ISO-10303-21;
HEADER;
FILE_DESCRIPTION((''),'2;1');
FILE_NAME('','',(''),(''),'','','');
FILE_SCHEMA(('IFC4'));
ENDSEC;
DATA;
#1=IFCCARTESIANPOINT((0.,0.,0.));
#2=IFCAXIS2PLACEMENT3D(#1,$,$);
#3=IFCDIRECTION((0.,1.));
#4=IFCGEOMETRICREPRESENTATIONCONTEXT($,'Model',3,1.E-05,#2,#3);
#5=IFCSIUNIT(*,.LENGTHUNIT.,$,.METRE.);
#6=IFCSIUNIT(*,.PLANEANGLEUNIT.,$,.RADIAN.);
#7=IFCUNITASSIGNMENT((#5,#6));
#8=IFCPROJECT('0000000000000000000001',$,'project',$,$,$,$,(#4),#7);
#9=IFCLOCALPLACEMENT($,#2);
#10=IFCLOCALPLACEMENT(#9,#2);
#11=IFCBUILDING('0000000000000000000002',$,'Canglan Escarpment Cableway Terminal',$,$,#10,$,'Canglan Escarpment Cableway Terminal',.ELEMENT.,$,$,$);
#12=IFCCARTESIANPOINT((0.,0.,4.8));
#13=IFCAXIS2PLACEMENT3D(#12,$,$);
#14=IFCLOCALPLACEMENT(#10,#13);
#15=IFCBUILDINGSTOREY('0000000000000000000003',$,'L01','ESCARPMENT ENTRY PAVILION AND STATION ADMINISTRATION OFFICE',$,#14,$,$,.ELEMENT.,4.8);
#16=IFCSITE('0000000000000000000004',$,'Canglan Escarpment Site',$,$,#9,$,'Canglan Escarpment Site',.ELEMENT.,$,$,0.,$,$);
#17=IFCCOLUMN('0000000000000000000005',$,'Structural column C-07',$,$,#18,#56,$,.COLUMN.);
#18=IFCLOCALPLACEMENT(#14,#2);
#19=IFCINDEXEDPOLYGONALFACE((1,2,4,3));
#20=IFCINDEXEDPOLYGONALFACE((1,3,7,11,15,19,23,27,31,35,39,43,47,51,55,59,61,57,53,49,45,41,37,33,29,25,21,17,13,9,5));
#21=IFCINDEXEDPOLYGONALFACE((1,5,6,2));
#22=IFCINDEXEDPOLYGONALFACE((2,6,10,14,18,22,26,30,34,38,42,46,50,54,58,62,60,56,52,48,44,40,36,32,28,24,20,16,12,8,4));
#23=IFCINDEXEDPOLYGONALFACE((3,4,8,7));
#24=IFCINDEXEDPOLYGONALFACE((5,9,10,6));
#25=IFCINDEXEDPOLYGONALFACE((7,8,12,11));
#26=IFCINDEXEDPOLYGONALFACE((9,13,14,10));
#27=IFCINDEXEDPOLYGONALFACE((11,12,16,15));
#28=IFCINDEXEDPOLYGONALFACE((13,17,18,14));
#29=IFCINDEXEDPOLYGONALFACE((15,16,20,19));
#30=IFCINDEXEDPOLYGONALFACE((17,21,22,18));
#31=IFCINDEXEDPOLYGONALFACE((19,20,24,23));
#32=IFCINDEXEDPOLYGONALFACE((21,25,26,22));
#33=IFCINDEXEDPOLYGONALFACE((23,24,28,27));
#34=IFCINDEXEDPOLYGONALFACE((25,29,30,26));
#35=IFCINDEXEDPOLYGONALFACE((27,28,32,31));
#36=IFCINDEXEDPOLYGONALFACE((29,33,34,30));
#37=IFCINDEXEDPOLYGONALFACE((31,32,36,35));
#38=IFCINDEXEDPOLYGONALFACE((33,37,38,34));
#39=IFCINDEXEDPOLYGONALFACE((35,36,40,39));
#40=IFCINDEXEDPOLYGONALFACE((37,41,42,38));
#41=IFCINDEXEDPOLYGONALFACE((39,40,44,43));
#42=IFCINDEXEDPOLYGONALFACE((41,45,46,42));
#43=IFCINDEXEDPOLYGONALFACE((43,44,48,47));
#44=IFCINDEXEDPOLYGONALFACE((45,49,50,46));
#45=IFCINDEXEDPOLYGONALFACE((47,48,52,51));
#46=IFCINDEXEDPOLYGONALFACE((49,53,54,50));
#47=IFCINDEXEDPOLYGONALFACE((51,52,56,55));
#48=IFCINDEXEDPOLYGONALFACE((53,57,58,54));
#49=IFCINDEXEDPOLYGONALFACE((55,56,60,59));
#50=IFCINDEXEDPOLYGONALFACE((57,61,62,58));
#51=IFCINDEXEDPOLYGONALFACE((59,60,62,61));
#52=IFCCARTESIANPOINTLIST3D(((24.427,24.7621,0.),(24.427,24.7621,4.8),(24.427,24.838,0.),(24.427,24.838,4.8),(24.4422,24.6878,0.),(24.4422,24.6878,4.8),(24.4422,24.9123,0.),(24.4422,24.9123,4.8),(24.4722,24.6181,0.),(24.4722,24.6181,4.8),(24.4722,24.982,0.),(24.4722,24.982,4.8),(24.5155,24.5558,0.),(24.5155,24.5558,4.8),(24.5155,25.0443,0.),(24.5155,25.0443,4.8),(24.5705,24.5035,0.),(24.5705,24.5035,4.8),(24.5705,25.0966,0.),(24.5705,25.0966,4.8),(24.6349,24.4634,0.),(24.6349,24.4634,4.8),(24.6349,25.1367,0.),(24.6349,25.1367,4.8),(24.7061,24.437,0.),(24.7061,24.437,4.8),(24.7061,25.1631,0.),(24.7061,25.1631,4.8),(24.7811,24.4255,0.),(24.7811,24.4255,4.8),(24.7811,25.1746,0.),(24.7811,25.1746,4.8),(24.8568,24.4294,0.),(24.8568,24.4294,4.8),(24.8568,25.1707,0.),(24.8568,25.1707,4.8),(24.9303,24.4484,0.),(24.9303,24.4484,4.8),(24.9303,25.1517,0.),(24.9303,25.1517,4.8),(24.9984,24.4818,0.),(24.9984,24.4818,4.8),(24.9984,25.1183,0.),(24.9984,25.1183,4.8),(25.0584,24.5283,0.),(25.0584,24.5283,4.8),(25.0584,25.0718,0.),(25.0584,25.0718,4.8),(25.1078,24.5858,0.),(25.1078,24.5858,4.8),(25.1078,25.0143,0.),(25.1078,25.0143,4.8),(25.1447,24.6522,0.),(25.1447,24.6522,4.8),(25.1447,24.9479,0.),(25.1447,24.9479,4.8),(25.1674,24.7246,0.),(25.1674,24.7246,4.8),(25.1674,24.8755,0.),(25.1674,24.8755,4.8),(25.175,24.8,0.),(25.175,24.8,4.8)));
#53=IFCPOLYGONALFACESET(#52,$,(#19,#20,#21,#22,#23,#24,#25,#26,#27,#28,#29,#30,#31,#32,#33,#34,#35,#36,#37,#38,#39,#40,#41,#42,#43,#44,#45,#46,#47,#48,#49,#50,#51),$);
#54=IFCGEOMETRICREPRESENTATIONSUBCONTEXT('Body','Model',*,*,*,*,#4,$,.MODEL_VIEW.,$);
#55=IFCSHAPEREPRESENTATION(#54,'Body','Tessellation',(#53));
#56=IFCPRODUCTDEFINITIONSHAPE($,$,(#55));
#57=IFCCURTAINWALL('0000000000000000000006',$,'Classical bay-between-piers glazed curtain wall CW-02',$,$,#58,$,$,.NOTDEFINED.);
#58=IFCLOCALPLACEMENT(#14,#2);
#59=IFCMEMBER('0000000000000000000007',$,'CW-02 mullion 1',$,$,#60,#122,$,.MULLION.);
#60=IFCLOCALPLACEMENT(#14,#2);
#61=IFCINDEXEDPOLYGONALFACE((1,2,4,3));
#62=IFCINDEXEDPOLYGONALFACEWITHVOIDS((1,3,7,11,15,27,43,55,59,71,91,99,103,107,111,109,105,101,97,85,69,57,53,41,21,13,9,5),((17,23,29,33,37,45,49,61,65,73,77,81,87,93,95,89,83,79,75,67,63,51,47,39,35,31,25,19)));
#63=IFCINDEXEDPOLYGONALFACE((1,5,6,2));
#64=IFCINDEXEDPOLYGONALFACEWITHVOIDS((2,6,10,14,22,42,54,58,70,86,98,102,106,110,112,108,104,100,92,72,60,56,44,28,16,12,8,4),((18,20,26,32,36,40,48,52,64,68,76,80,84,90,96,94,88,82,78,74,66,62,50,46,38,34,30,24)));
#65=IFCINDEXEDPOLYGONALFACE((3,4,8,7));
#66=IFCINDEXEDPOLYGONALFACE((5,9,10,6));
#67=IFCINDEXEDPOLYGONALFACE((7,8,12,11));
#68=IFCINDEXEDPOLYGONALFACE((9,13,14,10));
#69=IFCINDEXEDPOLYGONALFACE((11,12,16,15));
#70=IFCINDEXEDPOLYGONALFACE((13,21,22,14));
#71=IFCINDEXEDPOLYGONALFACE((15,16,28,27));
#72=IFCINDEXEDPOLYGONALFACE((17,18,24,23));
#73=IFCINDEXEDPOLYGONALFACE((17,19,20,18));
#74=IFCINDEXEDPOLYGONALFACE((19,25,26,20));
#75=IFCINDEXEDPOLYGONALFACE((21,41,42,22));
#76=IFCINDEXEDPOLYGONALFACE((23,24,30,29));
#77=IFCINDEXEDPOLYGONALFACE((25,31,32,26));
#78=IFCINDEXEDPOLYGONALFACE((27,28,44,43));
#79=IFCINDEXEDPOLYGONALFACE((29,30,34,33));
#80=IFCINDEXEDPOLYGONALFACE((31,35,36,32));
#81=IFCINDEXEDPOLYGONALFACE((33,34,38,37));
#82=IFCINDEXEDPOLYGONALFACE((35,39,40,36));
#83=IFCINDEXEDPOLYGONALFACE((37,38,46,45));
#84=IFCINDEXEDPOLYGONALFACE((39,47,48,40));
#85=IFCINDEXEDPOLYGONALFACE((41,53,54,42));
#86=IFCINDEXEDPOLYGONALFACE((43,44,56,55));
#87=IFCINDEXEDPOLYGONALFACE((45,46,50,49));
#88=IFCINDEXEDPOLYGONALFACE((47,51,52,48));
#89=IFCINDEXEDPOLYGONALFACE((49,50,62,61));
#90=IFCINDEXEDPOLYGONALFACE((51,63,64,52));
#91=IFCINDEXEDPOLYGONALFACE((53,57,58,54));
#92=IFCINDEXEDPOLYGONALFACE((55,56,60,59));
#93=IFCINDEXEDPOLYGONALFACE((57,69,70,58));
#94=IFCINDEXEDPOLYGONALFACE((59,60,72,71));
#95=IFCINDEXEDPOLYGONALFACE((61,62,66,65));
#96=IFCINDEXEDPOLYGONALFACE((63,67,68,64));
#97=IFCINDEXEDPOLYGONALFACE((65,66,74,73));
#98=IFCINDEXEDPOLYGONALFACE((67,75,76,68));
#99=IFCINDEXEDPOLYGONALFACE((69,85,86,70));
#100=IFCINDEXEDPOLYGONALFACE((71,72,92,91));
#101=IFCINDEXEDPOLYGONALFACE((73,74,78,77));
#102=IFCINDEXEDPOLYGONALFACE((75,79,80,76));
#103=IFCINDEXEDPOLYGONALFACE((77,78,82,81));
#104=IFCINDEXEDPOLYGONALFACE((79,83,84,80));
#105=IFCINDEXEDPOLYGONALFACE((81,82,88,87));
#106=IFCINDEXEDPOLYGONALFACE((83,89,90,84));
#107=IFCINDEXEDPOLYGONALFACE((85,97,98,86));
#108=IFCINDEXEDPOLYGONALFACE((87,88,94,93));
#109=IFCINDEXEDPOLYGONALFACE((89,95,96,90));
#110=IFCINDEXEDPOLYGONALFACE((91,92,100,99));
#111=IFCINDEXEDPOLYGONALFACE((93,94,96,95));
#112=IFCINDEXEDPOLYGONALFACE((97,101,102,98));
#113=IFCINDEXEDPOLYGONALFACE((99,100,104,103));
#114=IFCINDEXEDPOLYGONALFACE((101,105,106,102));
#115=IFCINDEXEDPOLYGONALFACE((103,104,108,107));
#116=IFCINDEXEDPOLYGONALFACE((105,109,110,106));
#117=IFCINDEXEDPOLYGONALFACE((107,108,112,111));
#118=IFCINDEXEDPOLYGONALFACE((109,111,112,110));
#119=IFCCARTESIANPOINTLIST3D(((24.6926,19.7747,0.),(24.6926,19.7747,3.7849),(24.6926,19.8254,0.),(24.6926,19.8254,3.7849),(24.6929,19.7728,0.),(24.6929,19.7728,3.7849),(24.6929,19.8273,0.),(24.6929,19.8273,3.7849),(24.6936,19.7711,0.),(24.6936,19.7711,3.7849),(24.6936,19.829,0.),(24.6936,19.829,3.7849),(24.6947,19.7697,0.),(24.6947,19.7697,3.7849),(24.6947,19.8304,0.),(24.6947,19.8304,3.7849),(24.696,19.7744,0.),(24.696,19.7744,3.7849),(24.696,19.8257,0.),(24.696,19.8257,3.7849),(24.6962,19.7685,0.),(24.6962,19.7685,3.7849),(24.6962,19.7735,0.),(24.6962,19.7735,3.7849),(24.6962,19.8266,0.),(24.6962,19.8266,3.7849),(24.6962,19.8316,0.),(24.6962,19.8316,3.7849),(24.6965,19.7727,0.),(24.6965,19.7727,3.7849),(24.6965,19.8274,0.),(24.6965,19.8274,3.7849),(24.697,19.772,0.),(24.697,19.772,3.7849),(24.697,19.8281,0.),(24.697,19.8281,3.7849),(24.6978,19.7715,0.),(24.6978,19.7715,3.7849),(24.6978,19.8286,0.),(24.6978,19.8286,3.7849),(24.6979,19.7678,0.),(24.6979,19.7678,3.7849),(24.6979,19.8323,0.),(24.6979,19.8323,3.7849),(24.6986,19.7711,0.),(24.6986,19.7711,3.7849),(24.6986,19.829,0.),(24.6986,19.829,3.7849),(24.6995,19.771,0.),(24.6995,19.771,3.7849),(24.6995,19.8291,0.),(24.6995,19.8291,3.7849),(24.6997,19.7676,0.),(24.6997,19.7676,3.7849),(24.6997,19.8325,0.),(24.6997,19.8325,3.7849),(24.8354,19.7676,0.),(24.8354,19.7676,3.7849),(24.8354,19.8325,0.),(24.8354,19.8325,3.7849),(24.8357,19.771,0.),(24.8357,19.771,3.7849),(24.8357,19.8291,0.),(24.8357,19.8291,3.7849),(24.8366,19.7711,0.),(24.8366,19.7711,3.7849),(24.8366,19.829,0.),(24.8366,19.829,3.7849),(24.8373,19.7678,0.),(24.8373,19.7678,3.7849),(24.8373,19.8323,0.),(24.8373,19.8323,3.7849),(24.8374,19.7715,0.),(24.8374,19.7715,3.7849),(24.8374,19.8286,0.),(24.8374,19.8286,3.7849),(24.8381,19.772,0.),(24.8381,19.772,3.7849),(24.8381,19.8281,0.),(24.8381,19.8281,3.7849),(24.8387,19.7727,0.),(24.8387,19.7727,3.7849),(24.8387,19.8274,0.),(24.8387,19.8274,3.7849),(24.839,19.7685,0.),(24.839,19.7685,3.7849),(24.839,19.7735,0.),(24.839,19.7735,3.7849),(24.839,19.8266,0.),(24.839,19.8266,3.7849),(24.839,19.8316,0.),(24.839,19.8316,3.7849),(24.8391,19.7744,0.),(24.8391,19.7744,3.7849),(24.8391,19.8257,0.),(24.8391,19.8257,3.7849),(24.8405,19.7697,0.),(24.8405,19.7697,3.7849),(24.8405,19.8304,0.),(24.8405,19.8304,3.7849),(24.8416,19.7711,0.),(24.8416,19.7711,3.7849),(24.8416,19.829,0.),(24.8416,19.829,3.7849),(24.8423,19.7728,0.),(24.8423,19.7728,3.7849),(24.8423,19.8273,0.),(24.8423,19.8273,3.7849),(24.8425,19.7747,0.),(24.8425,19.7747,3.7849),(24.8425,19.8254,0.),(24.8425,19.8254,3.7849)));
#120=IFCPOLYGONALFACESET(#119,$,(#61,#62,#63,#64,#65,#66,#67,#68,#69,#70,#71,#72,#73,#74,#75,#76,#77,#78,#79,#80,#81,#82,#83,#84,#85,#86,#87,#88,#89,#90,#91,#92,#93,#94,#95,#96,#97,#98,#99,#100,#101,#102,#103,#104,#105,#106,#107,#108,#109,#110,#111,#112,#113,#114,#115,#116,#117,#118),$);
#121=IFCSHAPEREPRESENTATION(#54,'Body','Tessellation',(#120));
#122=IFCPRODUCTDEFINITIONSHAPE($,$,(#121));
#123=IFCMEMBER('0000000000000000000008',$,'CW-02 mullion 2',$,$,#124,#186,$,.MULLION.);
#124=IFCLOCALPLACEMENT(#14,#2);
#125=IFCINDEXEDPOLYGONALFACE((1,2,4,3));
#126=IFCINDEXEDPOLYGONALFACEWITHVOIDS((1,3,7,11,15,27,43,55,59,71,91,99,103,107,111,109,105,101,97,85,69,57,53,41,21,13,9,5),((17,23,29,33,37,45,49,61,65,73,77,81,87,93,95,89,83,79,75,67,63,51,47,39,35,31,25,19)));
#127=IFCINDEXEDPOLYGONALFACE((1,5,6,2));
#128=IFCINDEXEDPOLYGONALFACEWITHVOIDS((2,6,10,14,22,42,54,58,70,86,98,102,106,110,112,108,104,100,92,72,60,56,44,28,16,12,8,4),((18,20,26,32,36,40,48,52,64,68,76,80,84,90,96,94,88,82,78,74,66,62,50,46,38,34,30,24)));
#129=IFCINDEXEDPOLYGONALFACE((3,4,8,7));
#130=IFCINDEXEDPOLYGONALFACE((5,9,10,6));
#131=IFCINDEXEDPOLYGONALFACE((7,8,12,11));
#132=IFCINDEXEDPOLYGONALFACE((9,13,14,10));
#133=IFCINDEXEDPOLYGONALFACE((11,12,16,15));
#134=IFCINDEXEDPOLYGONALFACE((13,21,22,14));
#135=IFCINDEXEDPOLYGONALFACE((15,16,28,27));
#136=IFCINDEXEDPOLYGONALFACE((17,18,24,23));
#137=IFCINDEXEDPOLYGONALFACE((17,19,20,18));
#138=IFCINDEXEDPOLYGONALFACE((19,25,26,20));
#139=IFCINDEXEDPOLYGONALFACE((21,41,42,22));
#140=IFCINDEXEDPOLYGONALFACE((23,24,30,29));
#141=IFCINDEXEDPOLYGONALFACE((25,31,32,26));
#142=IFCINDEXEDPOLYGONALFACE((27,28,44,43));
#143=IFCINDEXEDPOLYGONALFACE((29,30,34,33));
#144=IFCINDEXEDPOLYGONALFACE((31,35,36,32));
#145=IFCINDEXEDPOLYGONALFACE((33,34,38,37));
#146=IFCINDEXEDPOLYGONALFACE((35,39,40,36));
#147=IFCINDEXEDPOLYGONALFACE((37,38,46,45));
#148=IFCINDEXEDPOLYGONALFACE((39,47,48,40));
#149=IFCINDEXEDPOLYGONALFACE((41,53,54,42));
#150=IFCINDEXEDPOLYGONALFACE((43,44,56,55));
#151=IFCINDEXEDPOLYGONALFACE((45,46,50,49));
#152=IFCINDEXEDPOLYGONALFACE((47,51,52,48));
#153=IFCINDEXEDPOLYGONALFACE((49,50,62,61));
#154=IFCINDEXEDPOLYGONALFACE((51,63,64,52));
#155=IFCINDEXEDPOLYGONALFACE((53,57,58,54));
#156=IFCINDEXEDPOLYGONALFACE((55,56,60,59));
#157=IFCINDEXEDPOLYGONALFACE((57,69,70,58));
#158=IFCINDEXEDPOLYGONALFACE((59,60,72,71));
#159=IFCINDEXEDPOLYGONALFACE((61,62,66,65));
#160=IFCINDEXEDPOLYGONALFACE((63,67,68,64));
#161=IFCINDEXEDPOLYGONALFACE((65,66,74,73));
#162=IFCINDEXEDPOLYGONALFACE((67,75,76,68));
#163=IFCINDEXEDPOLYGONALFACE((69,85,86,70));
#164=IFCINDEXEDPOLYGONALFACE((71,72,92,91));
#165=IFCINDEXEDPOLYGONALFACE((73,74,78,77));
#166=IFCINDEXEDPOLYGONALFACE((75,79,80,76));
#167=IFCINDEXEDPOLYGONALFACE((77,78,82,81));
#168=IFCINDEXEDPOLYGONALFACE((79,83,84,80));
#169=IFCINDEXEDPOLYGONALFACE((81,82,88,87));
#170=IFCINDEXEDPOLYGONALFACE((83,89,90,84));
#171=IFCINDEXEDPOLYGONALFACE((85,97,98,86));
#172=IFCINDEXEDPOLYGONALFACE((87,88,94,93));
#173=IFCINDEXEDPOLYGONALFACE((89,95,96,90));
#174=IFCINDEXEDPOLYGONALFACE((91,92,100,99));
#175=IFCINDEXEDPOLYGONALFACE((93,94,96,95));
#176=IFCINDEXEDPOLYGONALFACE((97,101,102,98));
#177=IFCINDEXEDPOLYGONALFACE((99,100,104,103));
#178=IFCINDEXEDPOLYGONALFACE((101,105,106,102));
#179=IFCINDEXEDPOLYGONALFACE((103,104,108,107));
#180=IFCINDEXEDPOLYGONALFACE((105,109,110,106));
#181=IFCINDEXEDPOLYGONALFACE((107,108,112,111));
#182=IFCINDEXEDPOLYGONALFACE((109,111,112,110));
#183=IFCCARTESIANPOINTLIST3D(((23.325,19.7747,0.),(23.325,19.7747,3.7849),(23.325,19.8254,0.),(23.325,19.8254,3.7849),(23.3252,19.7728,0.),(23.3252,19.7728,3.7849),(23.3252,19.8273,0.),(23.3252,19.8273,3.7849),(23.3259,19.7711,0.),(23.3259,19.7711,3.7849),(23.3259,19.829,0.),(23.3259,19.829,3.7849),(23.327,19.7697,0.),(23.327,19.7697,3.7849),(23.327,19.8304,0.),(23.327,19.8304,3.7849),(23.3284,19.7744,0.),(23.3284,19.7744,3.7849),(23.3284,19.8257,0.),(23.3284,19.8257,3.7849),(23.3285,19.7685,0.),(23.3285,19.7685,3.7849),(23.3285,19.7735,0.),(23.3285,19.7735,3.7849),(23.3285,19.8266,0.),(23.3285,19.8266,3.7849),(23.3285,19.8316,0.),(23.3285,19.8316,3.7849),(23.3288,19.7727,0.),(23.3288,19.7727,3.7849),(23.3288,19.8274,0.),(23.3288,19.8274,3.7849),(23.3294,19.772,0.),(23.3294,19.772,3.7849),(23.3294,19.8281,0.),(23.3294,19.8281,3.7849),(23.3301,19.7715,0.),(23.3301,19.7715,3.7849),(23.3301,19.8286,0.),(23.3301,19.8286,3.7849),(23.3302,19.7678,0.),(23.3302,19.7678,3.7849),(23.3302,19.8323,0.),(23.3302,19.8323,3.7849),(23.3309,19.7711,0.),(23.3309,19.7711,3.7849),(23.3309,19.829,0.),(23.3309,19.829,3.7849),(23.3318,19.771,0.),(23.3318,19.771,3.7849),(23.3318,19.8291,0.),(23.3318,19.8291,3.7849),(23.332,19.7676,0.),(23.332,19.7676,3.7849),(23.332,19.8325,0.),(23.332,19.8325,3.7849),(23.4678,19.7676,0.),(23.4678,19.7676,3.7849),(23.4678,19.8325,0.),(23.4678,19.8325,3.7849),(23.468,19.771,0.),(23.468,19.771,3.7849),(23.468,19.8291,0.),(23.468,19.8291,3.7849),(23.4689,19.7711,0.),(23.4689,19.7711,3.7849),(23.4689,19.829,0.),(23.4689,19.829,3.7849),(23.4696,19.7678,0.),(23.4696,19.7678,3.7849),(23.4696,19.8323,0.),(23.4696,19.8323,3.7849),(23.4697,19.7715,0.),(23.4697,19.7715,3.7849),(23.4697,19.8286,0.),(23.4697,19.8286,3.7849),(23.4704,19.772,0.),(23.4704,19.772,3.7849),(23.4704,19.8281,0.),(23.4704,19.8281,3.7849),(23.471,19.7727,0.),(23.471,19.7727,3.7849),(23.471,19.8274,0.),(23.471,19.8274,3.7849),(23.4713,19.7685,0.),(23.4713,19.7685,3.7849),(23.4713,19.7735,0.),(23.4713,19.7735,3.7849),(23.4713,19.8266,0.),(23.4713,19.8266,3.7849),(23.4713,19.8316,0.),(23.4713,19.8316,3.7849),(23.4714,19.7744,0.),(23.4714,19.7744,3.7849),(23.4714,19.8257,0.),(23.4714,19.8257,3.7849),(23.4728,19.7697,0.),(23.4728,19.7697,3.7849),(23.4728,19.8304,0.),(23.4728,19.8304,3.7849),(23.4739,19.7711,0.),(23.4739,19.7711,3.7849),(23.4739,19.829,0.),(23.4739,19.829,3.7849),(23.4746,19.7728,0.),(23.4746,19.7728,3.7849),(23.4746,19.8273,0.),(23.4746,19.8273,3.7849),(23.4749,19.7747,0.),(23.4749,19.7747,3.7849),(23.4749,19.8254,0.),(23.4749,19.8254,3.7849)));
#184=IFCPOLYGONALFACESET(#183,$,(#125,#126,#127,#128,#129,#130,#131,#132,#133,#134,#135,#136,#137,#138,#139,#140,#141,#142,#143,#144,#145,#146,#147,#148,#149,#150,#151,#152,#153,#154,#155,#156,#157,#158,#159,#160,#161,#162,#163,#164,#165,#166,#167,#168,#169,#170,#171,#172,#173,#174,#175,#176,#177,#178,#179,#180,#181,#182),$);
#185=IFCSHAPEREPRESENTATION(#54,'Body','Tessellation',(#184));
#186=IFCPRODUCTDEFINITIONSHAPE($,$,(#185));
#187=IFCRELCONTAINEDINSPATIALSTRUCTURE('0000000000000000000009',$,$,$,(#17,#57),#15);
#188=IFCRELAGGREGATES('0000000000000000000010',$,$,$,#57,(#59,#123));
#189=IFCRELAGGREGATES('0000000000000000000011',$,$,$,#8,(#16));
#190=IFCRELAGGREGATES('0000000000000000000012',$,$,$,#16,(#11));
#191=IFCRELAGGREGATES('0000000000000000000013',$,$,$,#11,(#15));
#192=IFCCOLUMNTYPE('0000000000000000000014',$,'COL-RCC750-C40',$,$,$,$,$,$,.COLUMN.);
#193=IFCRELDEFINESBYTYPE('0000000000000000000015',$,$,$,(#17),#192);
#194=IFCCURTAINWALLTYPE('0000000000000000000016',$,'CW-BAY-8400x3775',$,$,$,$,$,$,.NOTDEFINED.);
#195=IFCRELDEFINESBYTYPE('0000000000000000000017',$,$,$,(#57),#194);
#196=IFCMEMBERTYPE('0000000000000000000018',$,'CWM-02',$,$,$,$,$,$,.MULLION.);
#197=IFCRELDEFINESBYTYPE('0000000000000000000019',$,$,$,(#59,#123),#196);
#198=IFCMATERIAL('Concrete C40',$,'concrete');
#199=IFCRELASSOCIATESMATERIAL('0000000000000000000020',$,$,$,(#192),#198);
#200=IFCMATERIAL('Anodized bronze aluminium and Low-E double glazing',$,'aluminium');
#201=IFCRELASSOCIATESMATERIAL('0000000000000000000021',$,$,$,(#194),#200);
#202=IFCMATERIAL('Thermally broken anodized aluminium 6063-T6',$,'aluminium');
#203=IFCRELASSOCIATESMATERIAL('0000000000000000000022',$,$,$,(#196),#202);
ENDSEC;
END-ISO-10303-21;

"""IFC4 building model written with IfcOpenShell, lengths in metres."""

from ifc_helpers import new_model, si_unit, direction, frame, origin, origin_2d, place, context, subcontext, project, spatial, hollow_rectangle, circle, extrude, material, material_profile, profile_set, type_object, element, aggregate, save


model = new_model("IFC4")

# Units and contexts
model_context = context("Model", 3, precision=1e-05, world=origin(), true_north=direction((0.0, 1.0)))
body_context = subcontext(model_context, "Body", "Model", "MODEL_VIEW")
ifc_project = project(units=[si_unit("LENGTHUNIT", "METRE"), si_unit("PLANEANGLEUNIT", "RADIAN")], contexts=[model_context])

# Site, building, storey
site_placement = place(None, origin())
site = spatial("IfcSite", under=ifc_project, at=site_placement, Name="Canglan Escarpment Site", LongName="Canglan Escarpment Site", CompositionType="ELEMENT", RefElevation=0.0)
building_placement = place(site_placement, origin())
building = spatial("IfcBuilding", under=site, at=building_placement, Name="Canglan Escarpment Cableway Terminal", LongName="Canglan Escarpment Cableway Terminal", CompositionType="ELEMENT")
storey_placement = place(building_placement, frame((0.0, 0.0, 4.8)))
storey = spatial("IfcBuildingStorey", under=building, at=storey_placement, Name="L01", Description="ESCARPMENT ENTRY PAVILION AND STATION ADMINISTRATION OFFICE", CompositionType="ELEMENT", Elevation=4.8)

# Column
ifc_material_1 = material(Name="Concrete C40", Category="concrete")
ifc_material_profile_1 = material_profile(ifc_material_1, circle(Radius=0.375, at=origin_2d()), Name="RC-CIRC D750")
ifc_profile_set_1 = profile_set([ifc_material_profile_1], Name="Concrete C40")
column_type = type_object("IfcColumnType", Name="COL-RCC750-C40", PredefinedType="COLUMN", material=ifc_profile_set_1)
column_placement = place(storey_placement, frame((24.8, 24.8, 0.0), z_axis=(0.0, 0.0, 1.0), x_axis=(1.0, 0.0, 0.0)))
element("IfcColumn", 1, at=column_placement, inside=storey, type_object=column_type, Name="Structural column C-07", PredefinedType="COLUMN", context=body_context, shape_type="SweptSolid", body=[
    extrude(circle(Radius=0.375, at=origin_2d()), origin(), (0.0, 0.0, 1.0), 4.8),
])

# Curtain wall, members
ifc_material_2 = material(Name="Anodized bronze aluminium and Low-E double glazing", Category="aluminium")
curtain_wall_type = type_object("IfcCurtainWallType", Name="CW-BAY-8400x3775", PredefinedType="NOTDEFINED", material=ifc_material_2)
curtain_wall_placement = place(storey_placement, origin())
curtain_wall = element("IfcCurtainWall", 2, at=curtain_wall_placement, inside=storey, type_object=curtain_wall_type, Name="Classical bay-between-piers glazed curtain wall CW-02", PredefinedType="NOTDEFINED")
ifc_material_3 = material(Name="Thermally broken anodized aluminium 6063-T6", Category="aluminium")
ifc_material_profile_2 = material_profile(ifc_material_3, hollow_rectangle(XDim=0.0649, YDim=0.1499, WallThickness=0.0034, InnerFilletRadius=0.0034, OuterFilletRadius=0.0071, at=origin_2d()), Name="ALU-MULL 65x150x3.5")
ifc_profile_set_2 = profile_set([ifc_material_profile_2], Name="Thermally broken anodized aluminium 6063-T6")
member_type_1 = type_object("IfcMemberType", Name="CWM-02", PredefinedType="MULLION", material=ifc_profile_set_2)
member_1_placement = place(storey_placement, frame((24.7676, 19.8, 0.0), z_axis=(0.0, 0.0, 1.0), x_axis=(0.0, -1.0, 0.0)))
member_1 = element("IfcMember", 3, at=member_1_placement, type_object=member_type_1, Name="CW-02 mullion 1", PredefinedType="MULLION", context=body_context, shape_type="SweptSolid", body=[
    extrude(hollow_rectangle(XDim=0.0649, YDim=0.1499, WallThickness=0.0034, InnerFilletRadius=0.0034, OuterFilletRadius=0.0071, at=origin_2d()), origin(), (0.0, 0.0, 1.0), 3.7849),
])
member_2_placement = place(storey_placement, frame((23.3999, 19.8, 0.0), z_axis=(0.0, 0.0, 1.0), x_axis=(0.0, -1.0, 0.0)))
member_2 = element("IfcMember", 4, at=member_2_placement, type_object=member_type_1, Name="CW-02 mullion 2", PredefinedType="MULLION", context=body_context, shape_type="SweptSolid", body=[
    extrude(hollow_rectangle(XDim=0.0649, YDim=0.1499, WallThickness=0.0034, InnerFilletRadius=0.0034, OuterFilletRadius=0.0071, at=origin_2d()), origin(), (0.0, 0.0, 1.0), 3.7849),
])

aggregate(curtain_wall, [member_1, member_2])

save(model, "model.ifc")
